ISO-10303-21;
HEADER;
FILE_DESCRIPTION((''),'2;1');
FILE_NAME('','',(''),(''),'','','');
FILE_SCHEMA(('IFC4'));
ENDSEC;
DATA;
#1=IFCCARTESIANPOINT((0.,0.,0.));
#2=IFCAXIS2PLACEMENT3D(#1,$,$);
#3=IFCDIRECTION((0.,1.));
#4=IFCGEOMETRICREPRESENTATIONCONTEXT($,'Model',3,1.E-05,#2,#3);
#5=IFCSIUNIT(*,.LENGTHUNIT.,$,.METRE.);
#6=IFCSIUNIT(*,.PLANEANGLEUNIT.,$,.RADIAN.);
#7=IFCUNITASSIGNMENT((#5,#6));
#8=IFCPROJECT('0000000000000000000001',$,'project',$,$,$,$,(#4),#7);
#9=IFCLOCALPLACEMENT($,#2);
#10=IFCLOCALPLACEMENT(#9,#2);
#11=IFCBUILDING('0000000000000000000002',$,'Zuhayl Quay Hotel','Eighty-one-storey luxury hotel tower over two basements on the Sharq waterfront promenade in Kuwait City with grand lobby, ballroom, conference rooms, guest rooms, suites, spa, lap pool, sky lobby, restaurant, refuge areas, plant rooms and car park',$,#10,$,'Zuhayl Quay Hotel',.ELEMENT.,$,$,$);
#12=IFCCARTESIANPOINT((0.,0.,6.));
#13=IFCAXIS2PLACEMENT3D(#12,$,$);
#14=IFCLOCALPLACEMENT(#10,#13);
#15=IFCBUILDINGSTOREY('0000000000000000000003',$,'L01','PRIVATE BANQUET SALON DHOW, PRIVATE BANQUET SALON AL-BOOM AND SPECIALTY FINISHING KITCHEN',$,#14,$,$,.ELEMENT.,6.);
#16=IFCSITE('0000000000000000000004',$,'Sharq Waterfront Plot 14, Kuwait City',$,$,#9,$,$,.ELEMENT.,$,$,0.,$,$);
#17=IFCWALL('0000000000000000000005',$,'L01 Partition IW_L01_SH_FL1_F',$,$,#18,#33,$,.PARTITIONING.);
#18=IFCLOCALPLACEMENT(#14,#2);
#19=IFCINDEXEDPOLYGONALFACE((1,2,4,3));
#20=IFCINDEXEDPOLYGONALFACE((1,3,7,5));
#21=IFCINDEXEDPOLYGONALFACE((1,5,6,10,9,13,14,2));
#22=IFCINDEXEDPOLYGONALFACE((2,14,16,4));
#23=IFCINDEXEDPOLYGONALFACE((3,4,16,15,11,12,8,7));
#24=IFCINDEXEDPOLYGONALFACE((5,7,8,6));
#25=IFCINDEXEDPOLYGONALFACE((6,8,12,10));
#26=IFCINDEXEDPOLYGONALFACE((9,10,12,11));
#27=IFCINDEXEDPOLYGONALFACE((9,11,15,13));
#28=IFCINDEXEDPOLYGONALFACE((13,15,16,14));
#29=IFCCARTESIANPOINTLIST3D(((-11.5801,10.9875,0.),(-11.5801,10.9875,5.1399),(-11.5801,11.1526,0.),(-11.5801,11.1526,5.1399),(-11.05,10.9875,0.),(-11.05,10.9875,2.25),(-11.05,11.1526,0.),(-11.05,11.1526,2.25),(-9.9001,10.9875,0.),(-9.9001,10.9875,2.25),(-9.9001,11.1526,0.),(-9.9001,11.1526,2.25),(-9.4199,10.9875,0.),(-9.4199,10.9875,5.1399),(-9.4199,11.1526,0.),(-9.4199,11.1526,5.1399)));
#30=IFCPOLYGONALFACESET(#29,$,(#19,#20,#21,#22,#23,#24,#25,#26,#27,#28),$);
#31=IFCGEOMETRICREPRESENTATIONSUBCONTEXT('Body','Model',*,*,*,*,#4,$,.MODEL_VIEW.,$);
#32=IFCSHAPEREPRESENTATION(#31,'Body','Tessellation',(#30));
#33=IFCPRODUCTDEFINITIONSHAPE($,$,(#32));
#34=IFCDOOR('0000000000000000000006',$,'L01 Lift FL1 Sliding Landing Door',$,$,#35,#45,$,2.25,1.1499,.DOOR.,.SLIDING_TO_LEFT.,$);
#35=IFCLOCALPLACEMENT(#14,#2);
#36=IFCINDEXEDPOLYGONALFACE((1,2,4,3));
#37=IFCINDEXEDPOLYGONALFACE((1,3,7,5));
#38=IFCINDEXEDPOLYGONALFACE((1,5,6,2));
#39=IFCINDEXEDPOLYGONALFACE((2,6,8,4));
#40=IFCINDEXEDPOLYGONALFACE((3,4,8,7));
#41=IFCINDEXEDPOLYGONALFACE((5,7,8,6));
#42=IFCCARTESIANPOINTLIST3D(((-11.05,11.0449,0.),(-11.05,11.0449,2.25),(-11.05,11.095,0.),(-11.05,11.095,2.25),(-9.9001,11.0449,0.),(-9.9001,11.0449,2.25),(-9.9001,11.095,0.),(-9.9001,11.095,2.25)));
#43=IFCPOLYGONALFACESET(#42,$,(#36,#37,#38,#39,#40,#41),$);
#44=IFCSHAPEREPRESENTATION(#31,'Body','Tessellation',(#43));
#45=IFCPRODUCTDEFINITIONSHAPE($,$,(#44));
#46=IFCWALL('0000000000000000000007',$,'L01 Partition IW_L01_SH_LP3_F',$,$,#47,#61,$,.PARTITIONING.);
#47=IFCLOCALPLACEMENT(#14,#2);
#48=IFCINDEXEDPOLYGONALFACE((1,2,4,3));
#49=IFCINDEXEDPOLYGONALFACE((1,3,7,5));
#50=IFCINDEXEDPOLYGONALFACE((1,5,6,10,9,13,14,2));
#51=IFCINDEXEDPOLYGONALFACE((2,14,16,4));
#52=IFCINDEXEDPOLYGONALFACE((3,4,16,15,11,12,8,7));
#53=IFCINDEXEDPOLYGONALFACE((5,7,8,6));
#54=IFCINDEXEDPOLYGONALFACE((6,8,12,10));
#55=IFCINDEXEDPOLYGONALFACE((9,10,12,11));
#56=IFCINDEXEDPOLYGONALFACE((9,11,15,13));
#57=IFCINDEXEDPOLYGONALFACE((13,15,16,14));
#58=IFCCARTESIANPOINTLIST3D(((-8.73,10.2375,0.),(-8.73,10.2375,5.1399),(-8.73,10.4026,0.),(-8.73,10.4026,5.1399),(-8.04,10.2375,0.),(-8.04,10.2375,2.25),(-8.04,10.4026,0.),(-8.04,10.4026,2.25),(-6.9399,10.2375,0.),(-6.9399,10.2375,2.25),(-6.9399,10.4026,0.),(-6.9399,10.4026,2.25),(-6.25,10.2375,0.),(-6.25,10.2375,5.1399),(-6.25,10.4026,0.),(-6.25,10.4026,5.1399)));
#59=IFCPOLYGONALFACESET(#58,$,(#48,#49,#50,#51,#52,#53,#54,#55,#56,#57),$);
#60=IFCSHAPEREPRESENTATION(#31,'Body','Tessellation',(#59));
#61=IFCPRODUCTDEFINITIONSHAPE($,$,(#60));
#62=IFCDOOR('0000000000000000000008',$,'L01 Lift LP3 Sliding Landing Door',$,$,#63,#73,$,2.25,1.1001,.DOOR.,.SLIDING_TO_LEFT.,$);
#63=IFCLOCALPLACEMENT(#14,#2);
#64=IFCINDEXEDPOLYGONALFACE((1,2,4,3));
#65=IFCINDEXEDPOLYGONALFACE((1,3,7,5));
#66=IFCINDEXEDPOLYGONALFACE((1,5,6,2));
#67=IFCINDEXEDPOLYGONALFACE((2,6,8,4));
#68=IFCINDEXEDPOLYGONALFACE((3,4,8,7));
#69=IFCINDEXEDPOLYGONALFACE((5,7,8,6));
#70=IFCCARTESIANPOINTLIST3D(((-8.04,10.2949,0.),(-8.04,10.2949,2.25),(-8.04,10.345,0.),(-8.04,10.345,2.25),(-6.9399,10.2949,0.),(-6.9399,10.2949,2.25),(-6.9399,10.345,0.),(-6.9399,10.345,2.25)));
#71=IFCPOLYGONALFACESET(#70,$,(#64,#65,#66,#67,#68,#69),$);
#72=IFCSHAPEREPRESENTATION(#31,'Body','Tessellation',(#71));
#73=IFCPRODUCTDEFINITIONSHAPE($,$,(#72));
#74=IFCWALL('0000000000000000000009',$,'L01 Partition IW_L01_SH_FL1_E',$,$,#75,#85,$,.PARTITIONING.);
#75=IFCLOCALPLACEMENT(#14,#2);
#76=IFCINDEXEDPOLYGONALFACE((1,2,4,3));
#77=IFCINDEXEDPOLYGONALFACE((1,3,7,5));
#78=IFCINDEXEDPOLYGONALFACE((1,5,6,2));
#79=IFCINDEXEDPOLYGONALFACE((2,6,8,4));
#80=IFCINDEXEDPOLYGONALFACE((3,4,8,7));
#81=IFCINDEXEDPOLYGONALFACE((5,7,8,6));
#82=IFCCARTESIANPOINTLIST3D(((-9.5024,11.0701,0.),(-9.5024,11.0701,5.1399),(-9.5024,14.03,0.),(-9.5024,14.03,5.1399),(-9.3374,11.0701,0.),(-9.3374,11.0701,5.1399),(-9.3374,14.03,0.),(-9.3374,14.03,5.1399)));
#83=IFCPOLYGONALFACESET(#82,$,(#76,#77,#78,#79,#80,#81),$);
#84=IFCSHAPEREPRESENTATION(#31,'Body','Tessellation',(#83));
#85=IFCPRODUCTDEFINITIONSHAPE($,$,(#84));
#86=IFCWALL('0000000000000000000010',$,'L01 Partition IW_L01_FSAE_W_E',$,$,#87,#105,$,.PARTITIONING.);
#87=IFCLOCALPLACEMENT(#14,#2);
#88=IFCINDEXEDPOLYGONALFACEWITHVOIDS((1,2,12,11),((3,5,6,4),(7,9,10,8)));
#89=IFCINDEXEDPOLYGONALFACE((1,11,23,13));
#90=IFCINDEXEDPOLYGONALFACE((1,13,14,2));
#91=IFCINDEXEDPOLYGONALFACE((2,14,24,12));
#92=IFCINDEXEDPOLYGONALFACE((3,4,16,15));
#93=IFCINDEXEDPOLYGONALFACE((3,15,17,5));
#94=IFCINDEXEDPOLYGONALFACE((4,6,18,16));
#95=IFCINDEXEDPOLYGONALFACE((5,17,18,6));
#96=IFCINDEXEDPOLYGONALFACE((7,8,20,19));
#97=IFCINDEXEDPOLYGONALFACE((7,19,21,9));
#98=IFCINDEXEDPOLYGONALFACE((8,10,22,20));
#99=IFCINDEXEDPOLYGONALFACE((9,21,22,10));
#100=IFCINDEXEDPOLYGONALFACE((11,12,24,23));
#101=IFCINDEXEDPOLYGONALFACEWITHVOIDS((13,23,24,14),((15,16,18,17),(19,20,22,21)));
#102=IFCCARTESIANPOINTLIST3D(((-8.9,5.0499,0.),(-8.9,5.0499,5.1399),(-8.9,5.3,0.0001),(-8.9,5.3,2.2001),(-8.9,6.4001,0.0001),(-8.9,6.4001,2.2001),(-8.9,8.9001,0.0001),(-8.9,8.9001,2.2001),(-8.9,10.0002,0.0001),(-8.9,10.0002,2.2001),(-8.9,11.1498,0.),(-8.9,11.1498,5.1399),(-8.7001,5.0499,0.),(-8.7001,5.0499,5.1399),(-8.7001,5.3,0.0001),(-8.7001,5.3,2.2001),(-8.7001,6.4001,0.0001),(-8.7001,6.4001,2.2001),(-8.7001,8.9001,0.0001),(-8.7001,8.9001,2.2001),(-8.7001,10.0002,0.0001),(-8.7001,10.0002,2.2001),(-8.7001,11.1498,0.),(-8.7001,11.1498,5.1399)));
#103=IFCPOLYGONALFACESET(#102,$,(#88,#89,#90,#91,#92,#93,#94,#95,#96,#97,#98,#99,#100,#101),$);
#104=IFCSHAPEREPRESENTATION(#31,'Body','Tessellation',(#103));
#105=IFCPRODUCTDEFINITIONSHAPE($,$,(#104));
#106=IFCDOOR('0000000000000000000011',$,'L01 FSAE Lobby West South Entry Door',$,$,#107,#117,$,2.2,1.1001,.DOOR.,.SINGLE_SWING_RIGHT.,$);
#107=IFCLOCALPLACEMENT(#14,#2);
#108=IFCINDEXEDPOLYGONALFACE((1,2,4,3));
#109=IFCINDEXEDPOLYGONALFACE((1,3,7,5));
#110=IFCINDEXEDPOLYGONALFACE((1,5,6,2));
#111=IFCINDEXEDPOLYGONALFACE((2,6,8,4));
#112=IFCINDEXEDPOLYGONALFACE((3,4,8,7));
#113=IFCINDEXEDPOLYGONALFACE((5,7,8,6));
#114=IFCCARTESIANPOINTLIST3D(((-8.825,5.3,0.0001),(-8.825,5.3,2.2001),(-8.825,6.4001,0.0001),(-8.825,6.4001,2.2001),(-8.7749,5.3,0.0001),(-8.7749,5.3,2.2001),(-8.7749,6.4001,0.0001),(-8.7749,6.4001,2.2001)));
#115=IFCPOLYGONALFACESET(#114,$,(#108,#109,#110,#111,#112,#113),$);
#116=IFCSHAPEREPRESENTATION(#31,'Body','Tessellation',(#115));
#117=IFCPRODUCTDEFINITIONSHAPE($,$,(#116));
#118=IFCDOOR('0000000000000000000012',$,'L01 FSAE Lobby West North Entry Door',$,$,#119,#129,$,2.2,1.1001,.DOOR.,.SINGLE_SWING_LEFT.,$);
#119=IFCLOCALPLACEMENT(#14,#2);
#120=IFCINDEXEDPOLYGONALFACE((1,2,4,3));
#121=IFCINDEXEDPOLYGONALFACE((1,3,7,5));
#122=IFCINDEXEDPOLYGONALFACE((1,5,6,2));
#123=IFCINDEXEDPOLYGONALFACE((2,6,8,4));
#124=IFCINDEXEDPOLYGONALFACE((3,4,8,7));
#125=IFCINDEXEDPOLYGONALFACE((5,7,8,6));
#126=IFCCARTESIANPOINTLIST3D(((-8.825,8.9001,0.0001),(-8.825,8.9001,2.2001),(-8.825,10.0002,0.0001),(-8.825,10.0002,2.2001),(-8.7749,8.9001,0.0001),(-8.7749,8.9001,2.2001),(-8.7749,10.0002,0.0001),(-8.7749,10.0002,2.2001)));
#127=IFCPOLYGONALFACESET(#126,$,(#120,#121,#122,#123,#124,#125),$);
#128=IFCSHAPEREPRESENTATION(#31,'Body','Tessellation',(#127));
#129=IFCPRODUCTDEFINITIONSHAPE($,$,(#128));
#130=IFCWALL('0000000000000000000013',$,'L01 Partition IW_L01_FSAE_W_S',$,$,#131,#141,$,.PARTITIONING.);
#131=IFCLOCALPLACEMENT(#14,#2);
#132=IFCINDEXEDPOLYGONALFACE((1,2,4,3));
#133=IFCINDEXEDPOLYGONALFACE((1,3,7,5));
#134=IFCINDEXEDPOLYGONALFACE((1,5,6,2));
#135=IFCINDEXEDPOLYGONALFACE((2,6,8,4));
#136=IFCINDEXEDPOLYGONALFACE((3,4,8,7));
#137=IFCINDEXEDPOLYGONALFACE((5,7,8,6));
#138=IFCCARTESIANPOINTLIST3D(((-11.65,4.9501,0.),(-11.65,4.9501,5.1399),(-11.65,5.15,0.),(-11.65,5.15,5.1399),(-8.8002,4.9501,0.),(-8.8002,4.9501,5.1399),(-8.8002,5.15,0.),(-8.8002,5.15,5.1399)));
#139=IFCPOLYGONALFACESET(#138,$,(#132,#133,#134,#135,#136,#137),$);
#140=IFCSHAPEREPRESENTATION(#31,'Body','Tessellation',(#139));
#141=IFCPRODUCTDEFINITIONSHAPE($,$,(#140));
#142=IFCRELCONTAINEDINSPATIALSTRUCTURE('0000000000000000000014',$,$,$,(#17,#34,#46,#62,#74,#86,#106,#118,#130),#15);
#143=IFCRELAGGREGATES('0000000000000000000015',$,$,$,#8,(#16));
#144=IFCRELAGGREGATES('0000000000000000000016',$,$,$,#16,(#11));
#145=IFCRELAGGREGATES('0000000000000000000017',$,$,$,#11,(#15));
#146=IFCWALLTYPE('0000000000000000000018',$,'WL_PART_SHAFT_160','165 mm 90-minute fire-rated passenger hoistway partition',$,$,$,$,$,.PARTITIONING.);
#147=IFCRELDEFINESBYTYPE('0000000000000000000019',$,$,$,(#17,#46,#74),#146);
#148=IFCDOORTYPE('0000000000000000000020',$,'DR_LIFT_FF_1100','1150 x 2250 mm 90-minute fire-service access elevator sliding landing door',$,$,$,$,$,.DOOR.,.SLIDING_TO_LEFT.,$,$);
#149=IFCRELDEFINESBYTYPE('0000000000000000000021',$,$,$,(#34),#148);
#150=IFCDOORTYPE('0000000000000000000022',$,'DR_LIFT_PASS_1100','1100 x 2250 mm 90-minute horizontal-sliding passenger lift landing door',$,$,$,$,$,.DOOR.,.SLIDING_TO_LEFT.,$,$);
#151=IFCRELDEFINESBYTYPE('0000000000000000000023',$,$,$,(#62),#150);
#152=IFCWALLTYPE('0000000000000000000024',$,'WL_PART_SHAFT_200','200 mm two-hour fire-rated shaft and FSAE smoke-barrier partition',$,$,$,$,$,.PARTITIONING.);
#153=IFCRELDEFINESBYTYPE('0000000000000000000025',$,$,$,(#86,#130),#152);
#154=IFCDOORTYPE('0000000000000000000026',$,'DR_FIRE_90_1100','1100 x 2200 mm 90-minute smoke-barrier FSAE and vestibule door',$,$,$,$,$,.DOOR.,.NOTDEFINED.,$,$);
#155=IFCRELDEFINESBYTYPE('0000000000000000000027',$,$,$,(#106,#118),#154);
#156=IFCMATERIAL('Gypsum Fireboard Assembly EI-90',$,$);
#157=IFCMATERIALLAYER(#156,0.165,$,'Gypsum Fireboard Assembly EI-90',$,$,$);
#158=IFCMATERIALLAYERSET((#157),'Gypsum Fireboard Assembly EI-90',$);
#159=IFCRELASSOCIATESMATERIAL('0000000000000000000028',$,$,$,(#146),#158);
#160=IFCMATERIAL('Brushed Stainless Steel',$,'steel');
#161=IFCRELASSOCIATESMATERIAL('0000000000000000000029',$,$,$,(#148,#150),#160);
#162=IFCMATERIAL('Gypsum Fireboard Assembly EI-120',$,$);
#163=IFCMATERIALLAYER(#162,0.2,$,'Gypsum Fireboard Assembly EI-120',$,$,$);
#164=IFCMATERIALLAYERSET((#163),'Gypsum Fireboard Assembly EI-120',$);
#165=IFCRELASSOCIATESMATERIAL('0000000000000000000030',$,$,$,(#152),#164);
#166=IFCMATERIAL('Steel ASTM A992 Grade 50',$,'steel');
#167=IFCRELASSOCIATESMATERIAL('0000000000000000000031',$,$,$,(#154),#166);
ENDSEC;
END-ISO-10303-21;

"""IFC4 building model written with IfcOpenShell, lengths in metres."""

from ifc_helpers import new_model, si_unit, direction, frame, frame_2d, origin, place, context, subcontext, project, spatial, rectangle, extrude, material, layer, layer_set, type_object, element, fill, save


model = new_model("IFC4")

# Units and contexts
model_context = context("Model", 3, precision=1e-05, world=origin(), true_north=direction((0.0, 1.0)))
body_context = subcontext(model_context, "Body", "Model", "MODEL_VIEW")
ifc_project = project(units=[si_unit("LENGTHUNIT", "METRE"), si_unit("PLANEANGLEUNIT", "RADIAN")], contexts=[model_context])

# Site, building, storey
site_placement = place(None, origin())
site = spatial("IfcSite", under=ifc_project, at=site_placement, Name="Sharq Waterfront Plot 14, Kuwait City", CompositionType="ELEMENT", RefElevation=0.0)
building_placement = place(site_placement, origin())
building = spatial("IfcBuilding", under=site, at=building_placement, Name="Zuhayl Quay Hotel", Description="Eighty-one-storey luxury hotel tower over two basements on the Sharq waterfront promenade in Kuwait City with grand lobby, ballroom, conference rooms, guest rooms, suites, spa, lap pool, sky lobby, restaurant, refuge areas, plant rooms and car park", LongName="Zuhayl Quay Hotel", CompositionType="ELEMENT")
storey_placement = place(building_placement, frame((0.0, 0.0, 6.0)))
storey = spatial("IfcBuildingStorey", under=building, at=storey_placement, Name="L01", Description="PRIVATE BANQUET SALON DHOW, PRIVATE BANQUET SALON AL-BOOM AND SPECIALTY FINISHING KITCHEN", CompositionType="ELEMENT", Elevation=6.0)

# Walls, openings, doors
ifc_material_1 = material(Name="Gypsum Fireboard Assembly EI-90")
ifc_layer_1 = layer(ifc_material_1, 0.165, Name="Gypsum Fireboard Assembly EI-90")
ifc_layer_set_1 = layer_set([ifc_layer_1], Name="Gypsum Fireboard Assembly EI-90")
wall_type_1 = type_object("IfcWallType", Name="WL_PART_SHAFT_160", Description="165 mm 90-minute fire-rated passenger hoistway partition", PredefinedType="PARTITIONING", material=ifc_layer_set_1)
wall_1_placement = place(storey_placement, frame((-11.5801, 11.0701, 0.0), z_axis=(0.0, 0.0, 1.0), x_axis=(1.0, 0.0, 0.0)))
wall_1 = element("IfcWall", 1, at=wall_1_placement, inside=storey, type_object=wall_type_1, Name="L01 Partition IW_L01_SH_FL1_F", PredefinedType="PARTITIONING", context=body_context, shape_type="SweptSolid", body=[
    extrude(rectangle(XDim=2.1602, YDim=0.165, at=frame_2d((1.0801, 0.0))), origin(), (0.0, 0.0, 1.0), 5.1399),
])
opening_1_placement = place(wall_1_placement, frame((0.53, 0.0, 0.0)))
opening_1 = element("IfcOpeningElement", 2, at=opening_1_placement, cuts=wall_1, PredefinedType="OPENING", context=body_context, shape_type="SweptSolid", body=[
    extrude(rectangle(XDim=1.1499, YDim=2.25, at=frame_2d((0.575, 1.125))), frame((0.0, 0.0925, 0.0), z_axis=(0.0, -1.0, 0.0), x_axis=(1.0, 0.0, 0.0)), (0.0, 0.0, 1.0), 0.1851),
])
ifc_material_2 = material(Name="Brushed Stainless Steel", Category="steel")
door_type_1 = type_object("IfcDoorType", Name="DR_LIFT_FF_1100", Description="1150 x 2250 mm 90-minute fire-service access elevator sliding landing door", OperationType="SLIDING_TO_LEFT", PredefinedType="DOOR", material=ifc_material_2)
door_1_placement = place(opening_1_placement, origin())
door_1 = element("IfcDoor", 3, at=door_1_placement, inside=storey, type_object=door_type_1, Name="L01 Lift FL1 Sliding Landing Door", OperationType="SLIDING_TO_LEFT", OverallHeight=2.25, OverallWidth=1.1499, PredefinedType="DOOR", context=body_context, shape_type="SweptSolid", body=[
    extrude(rectangle(XDim=1.1499, YDim=2.25, at=frame_2d((0.575, 1.125))), frame((0.0, 0.0249, 0.0), z_axis=(0.0, -1.0, 0.0), x_axis=(1.0, 0.0, 0.0)), (0.0, 0.0, 1.0), 0.05),
])
fill(opening_1, door_1)
wall_2_placement = place(storey_placement, frame((-8.73, 10.3201, 0.0), z_axis=(0.0, 0.0, 1.0), x_axis=(1.0, 0.0, 0.0)))
wall_2 = element("IfcWall", 4, at=wall_2_placement, inside=storey, type_object=wall_type_1, Name="L01 Partition IW_L01_SH_LP3_F", PredefinedType="PARTITIONING", context=body_context, shape_type="SweptSolid", body=[
    extrude(rectangle(XDim=2.48, YDim=0.165, at=frame_2d((1.24, 0.0))), origin(), (0.0, 0.0, 1.0), 5.1399),
])
opening_2_placement = place(wall_2_placement, frame((0.6899, 0.0, 0.0)))
opening_2 = element("IfcOpeningElement", 5, at=opening_2_placement, cuts=wall_2, PredefinedType="OPENING", context=body_context, shape_type="SweptSolid", body=[
    extrude(rectangle(XDim=1.1001, YDim=2.25, at=frame_2d((0.55, 1.125))), frame((0.0, 0.0925, 0.0), z_axis=(0.0, -1.0, 0.0), x_axis=(1.0, 0.0, 0.0)), (0.0, 0.0, 1.0), 0.1851),
])
door_type_2 = type_object("IfcDoorType", Name="DR_LIFT_PASS_1100", Description="1100 x 2250 mm 90-minute horizontal-sliding passenger lift landing door", OperationType="SLIDING_TO_LEFT", PredefinedType="DOOR", material=ifc_material_2)
door_2_placement = place(opening_2_placement, origin())
door_2 = element("IfcDoor", 6, at=door_2_placement, inside=storey, type_object=door_type_2, Name="L01 Lift LP3 Sliding Landing Door", OperationType="SLIDING_TO_LEFT", OverallHeight=2.25, OverallWidth=1.1001, PredefinedType="DOOR", context=body_context, shape_type="SweptSolid", body=[
    extrude(rectangle(XDim=1.1001, YDim=2.25, at=frame_2d((0.55, 1.125))), frame((0.0, 0.0249, 0.0), z_axis=(0.0, -1.0, 0.0), x_axis=(1.0, 0.0, 0.0)), (0.0, 0.0, 1.0), 0.05),
])
fill(opening_2, door_2)

# Wall
wall_3_placement = place(storey_placement, frame((-9.4199, 11.0701, 0.0), z_axis=(0.0, 0.0, 1.0), x_axis=(0.0, 1.0, 0.0)))
element("IfcWall", 7, at=wall_3_placement, inside=storey, type_object=wall_type_1, Name="L01 Partition IW_L01_SH_FL1_E", PredefinedType="PARTITIONING", context=body_context, shape_type="SweptSolid", body=[
    extrude(rectangle(XDim=2.96, YDim=0.165, at=frame_2d((1.48, 0.0))), origin(), (0.0, 0.0, 1.0), 5.1399),
])

# Wall, openings, doors
ifc_material_3 = material(Name="Gypsum Fireboard Assembly EI-120")
ifc_layer_2 = layer(ifc_material_3, 0.2, Name="Gypsum Fireboard Assembly EI-120")
ifc_layer_set_2 = layer_set([ifc_layer_2], Name="Gypsum Fireboard Assembly EI-120")
wall_type_2 = type_object("IfcWallType", Name="WL_PART_SHAFT_200", Description="200 mm two-hour fire-rated shaft and FSAE smoke-barrier partition", PredefinedType="PARTITIONING", material=ifc_layer_set_2)
wall_4_placement = place(storey_placement, frame((-8.8, 5.05, 0.0), z_axis=(0.0, 0.0, 1.0), x_axis=(0.0, 1.0, 0.0)))
wall_4 = element("IfcWall", 8, at=wall_4_placement, inside=storey, type_object=wall_type_2, Name="L01 Partition IW_L01_FSAE_W_E", PredefinedType="PARTITIONING", context=body_context, shape_type="SweptSolid", body=[
    extrude(rectangle(XDim=6.0999, YDim=0.2, at=frame_2d((3.0498, 0.0))), origin(), (0.0, 0.0, 1.0), 5.1399),
])
opening_3_placement = place(wall_4_placement, frame((0.25, 0.0, 0.0)))
opening_3 = element("IfcOpeningElement", 9, at=opening_3_placement, cuts=wall_4, PredefinedType="OPENING", context=body_context, shape_type="SweptSolid", body=[
    extrude(rectangle(XDim=1.1001, YDim=2.2, at=frame_2d((0.55, 1.1001))), frame((0.0, 0.1099, 0.0), z_axis=(0.0, -1.0, 0.0), x_axis=(1.0, 0.0, 0.0)), (0.0, 0.0, 1.0), 0.22),
])
opening_4_placement = place(wall_4_placement, frame((3.8501, 0.0, 0.0)))
opening_4 = element("IfcOpeningElement", 10, at=opening_4_placement, cuts=wall_4, PredefinedType="OPENING", context=body_context, shape_type="SweptSolid", body=[
    extrude(rectangle(XDim=1.1001, YDim=2.2, at=frame_2d((0.55, 1.1001))), frame((0.0, 0.1099, 0.0), z_axis=(0.0, -1.0, 0.0), x_axis=(1.0, 0.0, 0.0)), (0.0, 0.0, 1.0), 0.22),
])
ifc_material_4 = material(Name="Steel ASTM A992 Grade 50", Category="steel")
door_type_3 = type_object("IfcDoorType", Name="DR_FIRE_90_1100", Description="1100 x 2200 mm 90-minute smoke-barrier FSAE and vestibule door", OperationType="NOTDEFINED", PredefinedType="DOOR", material=ifc_material_4)
door_3_placement = place(opening_3_placement, origin())
door_3 = element("IfcDoor", 11, at=door_3_placement, inside=storey, type_object=door_type_3, Name="L01 FSAE Lobby West South Entry Door", OperationType="SINGLE_SWING_RIGHT", OverallHeight=2.2, OverallWidth=1.1001, PredefinedType="DOOR", context=body_context, shape_type="SweptSolid", body=[
    extrude(rectangle(XDim=1.1001, YDim=2.2, at=frame_2d((0.55, 1.1001))), frame((0.0, 0.0249, 0.0), z_axis=(0.0, -1.0, 0.0), x_axis=(1.0, 0.0, 0.0)), (0.0, 0.0, 1.0), 0.05),
])
fill(opening_3, door_3)
door_4_placement = place(opening_4_placement, origin())
door_4 = element("IfcDoor", 12, at=door_4_placement, inside=storey, type_object=door_type_3, Name="L01 FSAE Lobby West North Entry Door", OperationType="SINGLE_SWING_LEFT", OverallHeight=2.2, OverallWidth=1.1001, PredefinedType="DOOR", context=body_context, shape_type="SweptSolid", body=[
    extrude(rectangle(XDim=1.1001, YDim=2.2, at=frame_2d((0.55, 1.1001))), frame((0.0, 0.0249, 0.0), z_axis=(0.0, -1.0, 0.0), x_axis=(1.0, 0.0, 0.0)), (0.0, 0.0, 1.0), 0.05),
])
fill(opening_4, door_4)

# Wall
wall_5_placement = place(storey_placement, frame((-11.6499, 5.05, 0.0), z_axis=(0.0, 0.0, 1.0), x_axis=(1.0, 0.0, 0.0)))
element("IfcWall", 13, at=wall_5_placement, inside=storey, type_object=wall_type_2, Name="L01 Partition IW_L01_FSAE_W_S", PredefinedType="PARTITIONING", context=body_context, shape_type="SweptSolid", body=[
    extrude(rectangle(XDim=2.8499, YDim=0.2, at=frame_2d((1.4248, 0.0))), origin(), (0.0, 0.0, 1.0), 5.1399),
])

save(model, "model.ifc")
